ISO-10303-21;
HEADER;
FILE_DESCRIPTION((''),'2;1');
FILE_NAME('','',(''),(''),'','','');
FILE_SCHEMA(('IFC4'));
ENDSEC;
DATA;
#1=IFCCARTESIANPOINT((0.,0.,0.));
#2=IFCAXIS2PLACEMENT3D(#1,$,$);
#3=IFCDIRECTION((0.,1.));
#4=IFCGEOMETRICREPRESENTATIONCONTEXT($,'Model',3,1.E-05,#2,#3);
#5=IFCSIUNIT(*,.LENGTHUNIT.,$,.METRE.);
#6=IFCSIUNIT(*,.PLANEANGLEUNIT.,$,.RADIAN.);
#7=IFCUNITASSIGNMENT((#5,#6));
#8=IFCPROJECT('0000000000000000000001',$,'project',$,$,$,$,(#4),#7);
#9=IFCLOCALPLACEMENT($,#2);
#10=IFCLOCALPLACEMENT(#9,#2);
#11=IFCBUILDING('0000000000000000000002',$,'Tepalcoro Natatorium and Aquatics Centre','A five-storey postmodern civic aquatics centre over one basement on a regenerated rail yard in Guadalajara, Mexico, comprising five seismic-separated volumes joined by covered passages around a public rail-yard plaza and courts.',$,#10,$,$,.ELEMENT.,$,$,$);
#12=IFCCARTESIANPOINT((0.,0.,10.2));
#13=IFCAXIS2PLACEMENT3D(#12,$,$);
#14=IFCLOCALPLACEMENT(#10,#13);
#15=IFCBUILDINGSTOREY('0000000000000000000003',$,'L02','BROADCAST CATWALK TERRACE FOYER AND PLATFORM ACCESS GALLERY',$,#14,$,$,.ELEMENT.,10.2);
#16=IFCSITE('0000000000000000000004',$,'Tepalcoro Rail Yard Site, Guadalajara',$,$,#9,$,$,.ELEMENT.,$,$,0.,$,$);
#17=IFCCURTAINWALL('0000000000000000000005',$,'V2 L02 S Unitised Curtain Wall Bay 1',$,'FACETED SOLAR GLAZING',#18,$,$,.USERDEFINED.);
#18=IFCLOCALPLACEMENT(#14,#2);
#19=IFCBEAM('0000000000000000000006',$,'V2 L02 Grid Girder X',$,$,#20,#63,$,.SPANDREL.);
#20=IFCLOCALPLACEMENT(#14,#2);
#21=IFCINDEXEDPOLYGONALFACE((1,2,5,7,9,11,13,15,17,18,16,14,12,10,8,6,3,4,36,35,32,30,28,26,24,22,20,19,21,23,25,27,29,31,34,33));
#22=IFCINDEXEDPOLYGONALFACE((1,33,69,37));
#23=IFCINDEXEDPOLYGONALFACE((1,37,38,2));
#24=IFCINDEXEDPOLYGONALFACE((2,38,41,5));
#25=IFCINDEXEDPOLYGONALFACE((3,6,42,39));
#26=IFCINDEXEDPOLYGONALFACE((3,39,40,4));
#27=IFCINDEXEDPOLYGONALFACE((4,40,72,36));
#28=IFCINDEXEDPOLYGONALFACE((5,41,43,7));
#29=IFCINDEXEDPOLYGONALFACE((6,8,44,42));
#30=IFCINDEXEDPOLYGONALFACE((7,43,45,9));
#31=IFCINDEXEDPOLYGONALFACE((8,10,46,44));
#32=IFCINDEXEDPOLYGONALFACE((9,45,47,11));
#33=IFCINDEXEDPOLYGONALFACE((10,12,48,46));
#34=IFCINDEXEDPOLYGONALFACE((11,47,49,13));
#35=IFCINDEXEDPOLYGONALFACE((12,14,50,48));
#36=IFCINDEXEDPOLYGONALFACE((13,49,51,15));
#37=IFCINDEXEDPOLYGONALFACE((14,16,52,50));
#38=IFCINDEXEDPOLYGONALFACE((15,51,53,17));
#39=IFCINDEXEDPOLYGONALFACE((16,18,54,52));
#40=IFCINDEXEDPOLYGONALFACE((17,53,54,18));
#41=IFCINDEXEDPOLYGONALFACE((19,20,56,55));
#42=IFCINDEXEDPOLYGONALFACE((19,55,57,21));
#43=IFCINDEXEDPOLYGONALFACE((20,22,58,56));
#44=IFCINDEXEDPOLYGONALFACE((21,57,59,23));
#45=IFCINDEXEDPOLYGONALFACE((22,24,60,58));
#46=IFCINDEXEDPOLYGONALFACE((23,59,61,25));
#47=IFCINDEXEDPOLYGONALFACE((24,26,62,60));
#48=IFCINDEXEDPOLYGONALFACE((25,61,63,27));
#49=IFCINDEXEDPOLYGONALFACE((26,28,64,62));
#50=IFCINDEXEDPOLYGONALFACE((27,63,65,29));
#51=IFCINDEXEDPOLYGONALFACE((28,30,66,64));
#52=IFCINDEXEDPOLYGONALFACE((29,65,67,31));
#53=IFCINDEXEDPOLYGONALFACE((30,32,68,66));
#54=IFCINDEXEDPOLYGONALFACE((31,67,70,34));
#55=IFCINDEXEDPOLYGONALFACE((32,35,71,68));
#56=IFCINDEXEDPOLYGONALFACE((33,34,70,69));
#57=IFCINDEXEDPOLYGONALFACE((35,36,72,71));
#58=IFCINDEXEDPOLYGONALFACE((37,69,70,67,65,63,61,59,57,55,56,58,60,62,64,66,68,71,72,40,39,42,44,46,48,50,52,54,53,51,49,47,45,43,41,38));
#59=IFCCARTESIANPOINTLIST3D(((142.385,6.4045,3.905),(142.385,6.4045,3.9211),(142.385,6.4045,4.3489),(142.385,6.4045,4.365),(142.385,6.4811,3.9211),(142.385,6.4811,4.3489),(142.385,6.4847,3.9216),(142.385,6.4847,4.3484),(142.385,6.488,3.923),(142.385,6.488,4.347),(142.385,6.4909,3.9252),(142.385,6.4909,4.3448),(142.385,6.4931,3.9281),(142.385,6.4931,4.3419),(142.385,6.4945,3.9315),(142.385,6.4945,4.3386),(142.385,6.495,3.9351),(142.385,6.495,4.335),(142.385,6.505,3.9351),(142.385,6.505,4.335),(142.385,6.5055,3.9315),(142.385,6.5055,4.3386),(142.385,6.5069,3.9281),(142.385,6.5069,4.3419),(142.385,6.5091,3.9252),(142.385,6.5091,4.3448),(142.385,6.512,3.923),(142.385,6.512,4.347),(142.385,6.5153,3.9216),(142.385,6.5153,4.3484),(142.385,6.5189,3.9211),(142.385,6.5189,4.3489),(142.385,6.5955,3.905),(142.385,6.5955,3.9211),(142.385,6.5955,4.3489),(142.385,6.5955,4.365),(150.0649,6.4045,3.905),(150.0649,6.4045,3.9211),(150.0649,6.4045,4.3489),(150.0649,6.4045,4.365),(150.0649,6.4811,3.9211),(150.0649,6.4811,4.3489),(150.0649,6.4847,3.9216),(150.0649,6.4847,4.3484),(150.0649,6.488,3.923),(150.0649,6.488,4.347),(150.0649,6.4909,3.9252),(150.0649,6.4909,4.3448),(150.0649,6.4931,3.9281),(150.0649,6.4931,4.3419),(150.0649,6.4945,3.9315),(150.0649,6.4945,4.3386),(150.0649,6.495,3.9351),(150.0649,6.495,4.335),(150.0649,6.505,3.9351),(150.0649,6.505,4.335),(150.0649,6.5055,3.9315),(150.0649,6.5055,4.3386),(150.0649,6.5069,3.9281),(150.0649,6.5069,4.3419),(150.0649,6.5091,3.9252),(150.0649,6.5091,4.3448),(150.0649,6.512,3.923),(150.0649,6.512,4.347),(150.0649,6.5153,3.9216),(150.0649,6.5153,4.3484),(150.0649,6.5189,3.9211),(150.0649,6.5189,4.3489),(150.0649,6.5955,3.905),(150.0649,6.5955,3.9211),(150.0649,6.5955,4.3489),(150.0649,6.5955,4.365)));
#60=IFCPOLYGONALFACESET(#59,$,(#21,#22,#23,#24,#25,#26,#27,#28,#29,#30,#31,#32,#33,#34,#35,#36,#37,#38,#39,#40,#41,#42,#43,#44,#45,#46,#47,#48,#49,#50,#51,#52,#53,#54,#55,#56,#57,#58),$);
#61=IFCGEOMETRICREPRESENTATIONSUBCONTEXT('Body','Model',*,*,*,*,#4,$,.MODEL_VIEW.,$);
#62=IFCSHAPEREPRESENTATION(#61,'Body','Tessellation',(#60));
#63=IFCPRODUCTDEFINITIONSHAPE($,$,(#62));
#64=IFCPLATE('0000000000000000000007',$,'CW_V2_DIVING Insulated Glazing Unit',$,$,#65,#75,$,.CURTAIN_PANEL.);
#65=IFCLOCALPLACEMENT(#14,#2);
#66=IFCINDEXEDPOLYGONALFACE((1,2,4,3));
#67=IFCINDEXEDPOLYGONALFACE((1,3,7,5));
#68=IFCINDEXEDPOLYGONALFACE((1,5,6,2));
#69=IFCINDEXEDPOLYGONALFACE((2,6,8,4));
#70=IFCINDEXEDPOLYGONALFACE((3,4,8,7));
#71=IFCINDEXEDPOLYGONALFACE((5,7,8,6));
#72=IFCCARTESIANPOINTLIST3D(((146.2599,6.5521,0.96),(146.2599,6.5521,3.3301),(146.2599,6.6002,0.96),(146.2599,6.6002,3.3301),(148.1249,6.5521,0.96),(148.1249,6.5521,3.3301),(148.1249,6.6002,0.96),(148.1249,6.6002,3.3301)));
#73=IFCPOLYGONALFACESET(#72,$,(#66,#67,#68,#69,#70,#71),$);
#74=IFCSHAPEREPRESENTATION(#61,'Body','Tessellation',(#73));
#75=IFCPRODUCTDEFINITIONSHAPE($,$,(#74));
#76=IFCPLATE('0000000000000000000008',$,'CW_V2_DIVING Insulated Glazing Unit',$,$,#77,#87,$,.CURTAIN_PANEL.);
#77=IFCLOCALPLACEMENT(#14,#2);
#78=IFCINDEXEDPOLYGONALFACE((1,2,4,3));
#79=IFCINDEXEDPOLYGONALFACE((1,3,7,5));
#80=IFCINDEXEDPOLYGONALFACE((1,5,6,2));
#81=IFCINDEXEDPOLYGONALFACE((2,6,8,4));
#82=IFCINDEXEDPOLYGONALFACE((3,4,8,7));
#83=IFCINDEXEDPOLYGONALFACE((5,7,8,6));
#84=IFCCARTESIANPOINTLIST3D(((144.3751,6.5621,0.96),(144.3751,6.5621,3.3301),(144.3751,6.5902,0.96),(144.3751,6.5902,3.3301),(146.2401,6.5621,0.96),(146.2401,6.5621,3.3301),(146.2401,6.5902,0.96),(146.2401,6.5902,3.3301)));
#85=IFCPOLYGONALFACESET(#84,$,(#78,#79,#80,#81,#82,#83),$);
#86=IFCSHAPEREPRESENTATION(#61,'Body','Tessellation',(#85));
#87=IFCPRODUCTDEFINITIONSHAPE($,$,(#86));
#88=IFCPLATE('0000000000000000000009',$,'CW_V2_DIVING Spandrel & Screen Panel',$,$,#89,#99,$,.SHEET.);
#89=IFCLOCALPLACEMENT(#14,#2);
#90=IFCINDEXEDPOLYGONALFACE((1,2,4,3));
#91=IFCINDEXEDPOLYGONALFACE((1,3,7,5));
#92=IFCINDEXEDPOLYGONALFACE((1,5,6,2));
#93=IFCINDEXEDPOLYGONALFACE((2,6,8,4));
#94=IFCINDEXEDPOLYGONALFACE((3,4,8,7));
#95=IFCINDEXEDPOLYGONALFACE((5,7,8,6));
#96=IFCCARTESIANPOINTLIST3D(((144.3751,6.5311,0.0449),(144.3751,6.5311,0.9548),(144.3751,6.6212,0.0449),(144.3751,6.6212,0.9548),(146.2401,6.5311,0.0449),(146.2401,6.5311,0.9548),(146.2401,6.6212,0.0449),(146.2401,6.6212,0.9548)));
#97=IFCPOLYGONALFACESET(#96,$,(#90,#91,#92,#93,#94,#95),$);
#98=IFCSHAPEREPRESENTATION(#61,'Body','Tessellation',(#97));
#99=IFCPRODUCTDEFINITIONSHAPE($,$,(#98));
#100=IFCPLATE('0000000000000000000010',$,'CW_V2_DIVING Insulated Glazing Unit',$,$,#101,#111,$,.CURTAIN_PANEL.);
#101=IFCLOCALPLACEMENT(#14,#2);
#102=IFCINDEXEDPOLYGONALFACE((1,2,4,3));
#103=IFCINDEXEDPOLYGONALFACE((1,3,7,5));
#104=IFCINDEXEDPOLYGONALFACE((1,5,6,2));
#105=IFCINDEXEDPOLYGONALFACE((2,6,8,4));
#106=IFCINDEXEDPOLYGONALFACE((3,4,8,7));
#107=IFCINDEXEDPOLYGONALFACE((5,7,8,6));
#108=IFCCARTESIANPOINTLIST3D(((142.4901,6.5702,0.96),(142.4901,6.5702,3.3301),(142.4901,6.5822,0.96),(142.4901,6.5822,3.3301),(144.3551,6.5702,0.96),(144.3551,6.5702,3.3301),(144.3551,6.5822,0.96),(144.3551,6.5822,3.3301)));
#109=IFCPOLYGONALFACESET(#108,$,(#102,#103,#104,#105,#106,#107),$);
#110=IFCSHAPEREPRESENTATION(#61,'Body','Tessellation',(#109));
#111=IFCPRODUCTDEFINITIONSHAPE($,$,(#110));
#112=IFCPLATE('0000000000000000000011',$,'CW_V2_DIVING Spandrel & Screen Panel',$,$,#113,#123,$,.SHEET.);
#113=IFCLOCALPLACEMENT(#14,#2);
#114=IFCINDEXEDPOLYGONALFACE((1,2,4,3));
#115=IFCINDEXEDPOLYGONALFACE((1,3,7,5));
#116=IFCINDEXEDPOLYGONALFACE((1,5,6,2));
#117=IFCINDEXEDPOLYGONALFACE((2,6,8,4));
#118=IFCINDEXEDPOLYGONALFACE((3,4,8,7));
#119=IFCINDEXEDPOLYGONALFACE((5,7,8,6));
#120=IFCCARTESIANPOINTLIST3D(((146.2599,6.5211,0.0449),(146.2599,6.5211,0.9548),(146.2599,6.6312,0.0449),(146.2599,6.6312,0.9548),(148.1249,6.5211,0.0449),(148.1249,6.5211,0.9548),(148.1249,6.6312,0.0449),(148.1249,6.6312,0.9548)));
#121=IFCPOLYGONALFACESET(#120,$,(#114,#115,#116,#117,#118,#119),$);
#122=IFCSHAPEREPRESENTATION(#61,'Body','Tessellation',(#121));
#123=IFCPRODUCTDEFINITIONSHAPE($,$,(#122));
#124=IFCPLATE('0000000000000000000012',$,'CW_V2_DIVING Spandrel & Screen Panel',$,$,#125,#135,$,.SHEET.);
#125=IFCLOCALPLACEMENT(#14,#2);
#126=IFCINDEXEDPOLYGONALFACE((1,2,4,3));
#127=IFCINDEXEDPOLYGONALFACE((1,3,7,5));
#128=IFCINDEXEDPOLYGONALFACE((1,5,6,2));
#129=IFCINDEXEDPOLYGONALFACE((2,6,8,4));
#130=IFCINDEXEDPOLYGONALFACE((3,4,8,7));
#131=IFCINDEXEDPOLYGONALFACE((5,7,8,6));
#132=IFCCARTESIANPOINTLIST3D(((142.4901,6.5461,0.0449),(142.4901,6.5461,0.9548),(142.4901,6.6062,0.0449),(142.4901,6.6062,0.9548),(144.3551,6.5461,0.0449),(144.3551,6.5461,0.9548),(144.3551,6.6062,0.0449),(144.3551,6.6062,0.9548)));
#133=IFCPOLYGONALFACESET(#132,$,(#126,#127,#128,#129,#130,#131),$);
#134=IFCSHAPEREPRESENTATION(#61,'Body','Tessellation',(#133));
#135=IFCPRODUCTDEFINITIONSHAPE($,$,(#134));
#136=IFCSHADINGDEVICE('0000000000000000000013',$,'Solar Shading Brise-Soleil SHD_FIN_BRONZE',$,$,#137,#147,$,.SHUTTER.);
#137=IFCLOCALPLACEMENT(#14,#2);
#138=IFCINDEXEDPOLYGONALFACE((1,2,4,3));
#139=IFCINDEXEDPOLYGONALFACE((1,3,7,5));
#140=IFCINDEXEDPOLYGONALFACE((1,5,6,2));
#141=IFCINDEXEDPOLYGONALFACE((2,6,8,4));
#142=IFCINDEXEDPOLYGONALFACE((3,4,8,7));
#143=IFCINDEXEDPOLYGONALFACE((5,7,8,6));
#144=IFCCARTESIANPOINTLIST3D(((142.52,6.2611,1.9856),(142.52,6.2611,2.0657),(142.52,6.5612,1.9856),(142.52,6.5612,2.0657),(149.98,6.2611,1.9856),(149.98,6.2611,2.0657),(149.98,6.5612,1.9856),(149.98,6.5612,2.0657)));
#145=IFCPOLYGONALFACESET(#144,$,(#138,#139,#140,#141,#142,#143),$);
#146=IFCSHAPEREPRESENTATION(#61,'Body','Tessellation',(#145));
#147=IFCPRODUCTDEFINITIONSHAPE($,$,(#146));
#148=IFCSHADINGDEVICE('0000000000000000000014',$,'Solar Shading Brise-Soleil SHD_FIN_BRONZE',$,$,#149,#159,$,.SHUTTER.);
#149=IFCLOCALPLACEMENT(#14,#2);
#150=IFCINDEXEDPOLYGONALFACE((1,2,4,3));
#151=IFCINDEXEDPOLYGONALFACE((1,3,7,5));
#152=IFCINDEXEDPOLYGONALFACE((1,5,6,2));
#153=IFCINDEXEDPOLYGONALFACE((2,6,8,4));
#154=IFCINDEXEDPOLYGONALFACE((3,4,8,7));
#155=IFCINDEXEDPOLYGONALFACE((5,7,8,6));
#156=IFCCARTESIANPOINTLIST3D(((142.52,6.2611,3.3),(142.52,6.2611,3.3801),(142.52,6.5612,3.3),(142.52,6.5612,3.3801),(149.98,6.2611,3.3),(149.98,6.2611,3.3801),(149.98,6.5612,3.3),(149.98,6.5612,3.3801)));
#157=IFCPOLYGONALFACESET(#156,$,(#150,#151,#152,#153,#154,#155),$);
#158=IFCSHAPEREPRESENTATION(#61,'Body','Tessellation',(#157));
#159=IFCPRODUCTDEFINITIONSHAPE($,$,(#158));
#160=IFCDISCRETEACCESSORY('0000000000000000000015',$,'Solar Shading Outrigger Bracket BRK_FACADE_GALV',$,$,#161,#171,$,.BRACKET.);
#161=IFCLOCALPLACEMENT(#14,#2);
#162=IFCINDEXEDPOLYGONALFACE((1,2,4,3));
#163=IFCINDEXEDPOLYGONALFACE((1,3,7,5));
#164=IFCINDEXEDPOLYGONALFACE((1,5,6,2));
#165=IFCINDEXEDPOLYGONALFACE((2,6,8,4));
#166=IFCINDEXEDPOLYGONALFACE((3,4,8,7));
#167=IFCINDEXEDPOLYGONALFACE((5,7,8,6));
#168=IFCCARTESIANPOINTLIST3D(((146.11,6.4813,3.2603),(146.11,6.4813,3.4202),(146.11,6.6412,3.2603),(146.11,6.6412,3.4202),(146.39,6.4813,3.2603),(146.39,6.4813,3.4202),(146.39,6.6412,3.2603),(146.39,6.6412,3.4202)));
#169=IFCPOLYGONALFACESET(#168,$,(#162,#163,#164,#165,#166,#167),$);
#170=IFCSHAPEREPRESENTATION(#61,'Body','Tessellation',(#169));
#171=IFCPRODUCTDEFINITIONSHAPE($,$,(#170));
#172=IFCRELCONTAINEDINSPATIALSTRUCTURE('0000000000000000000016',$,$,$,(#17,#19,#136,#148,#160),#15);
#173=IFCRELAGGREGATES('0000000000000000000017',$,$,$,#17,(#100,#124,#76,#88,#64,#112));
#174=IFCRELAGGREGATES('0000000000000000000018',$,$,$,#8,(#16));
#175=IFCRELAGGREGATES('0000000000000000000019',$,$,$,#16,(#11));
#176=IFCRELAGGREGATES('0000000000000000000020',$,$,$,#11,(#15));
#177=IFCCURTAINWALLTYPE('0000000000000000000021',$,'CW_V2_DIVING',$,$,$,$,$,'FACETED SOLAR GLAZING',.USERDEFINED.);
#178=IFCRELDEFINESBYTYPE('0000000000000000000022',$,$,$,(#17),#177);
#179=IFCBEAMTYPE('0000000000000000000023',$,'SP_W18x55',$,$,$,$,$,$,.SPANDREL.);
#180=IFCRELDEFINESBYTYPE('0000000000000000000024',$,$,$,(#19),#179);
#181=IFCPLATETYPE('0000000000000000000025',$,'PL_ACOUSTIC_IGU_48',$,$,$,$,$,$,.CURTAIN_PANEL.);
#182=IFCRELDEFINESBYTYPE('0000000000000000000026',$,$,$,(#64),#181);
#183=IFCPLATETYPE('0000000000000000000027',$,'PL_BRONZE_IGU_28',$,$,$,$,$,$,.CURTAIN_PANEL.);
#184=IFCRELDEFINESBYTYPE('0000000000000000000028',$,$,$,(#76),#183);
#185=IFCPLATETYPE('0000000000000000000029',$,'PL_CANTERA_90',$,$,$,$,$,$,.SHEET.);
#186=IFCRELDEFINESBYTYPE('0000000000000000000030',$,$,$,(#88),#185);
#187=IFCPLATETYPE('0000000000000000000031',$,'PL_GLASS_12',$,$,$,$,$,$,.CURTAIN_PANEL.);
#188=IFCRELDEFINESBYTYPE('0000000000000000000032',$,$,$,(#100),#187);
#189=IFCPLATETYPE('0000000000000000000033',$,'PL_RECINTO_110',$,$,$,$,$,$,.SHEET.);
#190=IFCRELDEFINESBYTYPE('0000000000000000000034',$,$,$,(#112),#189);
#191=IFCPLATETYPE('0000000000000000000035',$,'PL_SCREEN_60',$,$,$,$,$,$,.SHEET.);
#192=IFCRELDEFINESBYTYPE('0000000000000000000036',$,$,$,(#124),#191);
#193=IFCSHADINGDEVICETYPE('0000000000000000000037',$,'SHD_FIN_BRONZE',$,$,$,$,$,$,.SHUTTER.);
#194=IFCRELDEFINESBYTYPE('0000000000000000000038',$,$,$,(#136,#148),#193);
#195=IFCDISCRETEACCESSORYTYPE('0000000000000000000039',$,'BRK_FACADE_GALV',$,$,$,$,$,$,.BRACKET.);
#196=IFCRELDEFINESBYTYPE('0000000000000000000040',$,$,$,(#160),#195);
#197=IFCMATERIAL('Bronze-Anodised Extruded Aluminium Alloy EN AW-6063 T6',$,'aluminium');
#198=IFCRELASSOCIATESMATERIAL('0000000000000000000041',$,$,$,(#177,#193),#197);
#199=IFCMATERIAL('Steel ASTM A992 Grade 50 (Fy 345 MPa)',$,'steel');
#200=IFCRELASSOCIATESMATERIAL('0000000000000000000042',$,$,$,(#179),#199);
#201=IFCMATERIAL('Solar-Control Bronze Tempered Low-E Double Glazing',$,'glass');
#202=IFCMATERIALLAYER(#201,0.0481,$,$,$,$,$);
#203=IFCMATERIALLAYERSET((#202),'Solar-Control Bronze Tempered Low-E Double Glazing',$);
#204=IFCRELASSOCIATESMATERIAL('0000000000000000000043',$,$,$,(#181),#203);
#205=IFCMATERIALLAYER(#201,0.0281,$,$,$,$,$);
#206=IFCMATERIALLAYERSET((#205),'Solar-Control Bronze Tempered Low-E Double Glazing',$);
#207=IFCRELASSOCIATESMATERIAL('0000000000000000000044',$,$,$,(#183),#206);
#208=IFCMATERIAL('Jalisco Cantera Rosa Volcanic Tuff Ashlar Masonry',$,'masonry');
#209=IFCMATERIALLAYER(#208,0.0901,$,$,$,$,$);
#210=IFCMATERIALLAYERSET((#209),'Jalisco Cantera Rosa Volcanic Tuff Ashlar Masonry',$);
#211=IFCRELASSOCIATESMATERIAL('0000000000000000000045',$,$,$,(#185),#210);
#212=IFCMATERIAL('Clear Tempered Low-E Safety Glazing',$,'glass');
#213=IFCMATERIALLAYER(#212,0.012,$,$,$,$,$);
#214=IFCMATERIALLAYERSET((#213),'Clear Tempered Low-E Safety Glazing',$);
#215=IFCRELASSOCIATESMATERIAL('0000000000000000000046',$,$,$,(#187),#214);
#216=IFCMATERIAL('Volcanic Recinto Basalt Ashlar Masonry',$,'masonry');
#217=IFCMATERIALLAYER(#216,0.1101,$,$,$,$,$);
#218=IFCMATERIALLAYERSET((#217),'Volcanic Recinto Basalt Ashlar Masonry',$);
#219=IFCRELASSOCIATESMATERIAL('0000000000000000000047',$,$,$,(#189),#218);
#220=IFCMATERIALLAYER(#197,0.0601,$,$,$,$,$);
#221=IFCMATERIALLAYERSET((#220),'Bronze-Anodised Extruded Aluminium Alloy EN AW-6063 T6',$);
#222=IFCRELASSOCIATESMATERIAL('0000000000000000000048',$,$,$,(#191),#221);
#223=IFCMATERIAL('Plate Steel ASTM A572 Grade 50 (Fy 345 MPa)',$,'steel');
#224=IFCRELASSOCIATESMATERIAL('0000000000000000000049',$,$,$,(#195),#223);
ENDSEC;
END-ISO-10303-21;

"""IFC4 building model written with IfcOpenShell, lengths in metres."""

from ifc_helpers import new_model, si_unit, direction, frame, origin, origin_2d, place, context, subcontext, project, spatial, rectangle, i_section, extrude, material, layer, layer_set, material_profile, profile_set, type_object, element, aggregate, save


model = new_model("IFC4")

# Units and contexts
model_context = context("Model", 3, precision=1e-05, world=origin(), true_north=direction((0.0, 1.0)))
body_context = subcontext(model_context, "Body", "Model", "MODEL_VIEW")
ifc_project = project(units=[si_unit("LENGTHUNIT", "METRE"), si_unit("PLANEANGLEUNIT", "RADIAN")], contexts=[model_context])

# Site, building, storey
site_placement = place(None, origin())
site = spatial("IfcSite", under=ifc_project, at=site_placement, Name="Tepalcoro Rail Yard Site, Guadalajara", CompositionType="ELEMENT", RefElevation=0.0)
building_placement = place(site_placement, origin())
building = spatial("IfcBuilding", under=site, at=building_placement, Name="Tepalcoro Natatorium and Aquatics Centre", Description="A five-storey postmodern civic aquatics centre over one basement on a regenerated rail yard in Guadalajara, Mexico, comprising five seismic-separated volumes joined by covered passages around a public rail-yard plaza and courts.", CompositionType="ELEMENT")
storey_placement = place(building_placement, frame((0.0, 0.0, 10.2)))
storey = spatial("IfcBuildingStorey", under=building, at=storey_placement, Name="L02", Description="BROADCAST CATWALK TERRACE FOYER AND PLATFORM ACCESS GALLERY", CompositionType="ELEMENT", Elevation=10.2)

# Curtain wall
ifc_material_1 = material(Name="Bronze-Anodised Extruded Aluminium Alloy EN AW-6063 T6", Category="aluminium")
curtain_wall_type = type_object("IfcCurtainWallType", Name="CW_V2_DIVING", ElementType="FACETED SOLAR GLAZING", PredefinedType="USERDEFINED", material=ifc_material_1)
curtain_wall_placement = place(storey_placement, origin())
curtain_wall = element("IfcCurtainWall", 1, at=curtain_wall_placement, inside=storey, type_object=curtain_wall_type, Name="V2 L02 S Unitised Curtain Wall Bay 1", ObjectType="FACETED SOLAR GLAZING", PredefinedType="USERDEFINED")

# Beam
ifc_material_2 = material(Name="Steel ASTM A992 Grade 50 (Fy 345 MPa)", Category="steel")
ifc_material_profile_1 = material_profile(ifc_material_2, i_section(OverallWidth=0.1909, OverallDepth=0.46, WebThickness=0.01, FlangeThickness=0.0161, FilletRadius=0.0139, at=origin_2d()), Name="W18X55")
ifc_profile_set_1 = profile_set([ifc_material_profile_1], Name="Steel ASTM A992 Grade 50 (Fy 345 MPa)")
beam_type_1 = type_object("IfcBeamType", Name="SP_W18x55", PredefinedType="SPANDREL", material=ifc_profile_set_1)
beam_1_placement = place(storey_placement, frame((142.385, 6.5, 4.135), z_axis=(1.0, 0.0, 0.0), x_axis=(0.0, 1.0, 0.0)))
element("IfcBeam", 2, at=beam_1_placement, inside=storey, type_object=beam_type_1, Name="V2 L02 Grid Girder X", PredefinedType="SPANDREL", context=body_context, shape_type="SweptSolid", body=[
    extrude(i_section(OverallWidth=0.1909, OverallDepth=0.46, WebThickness=0.01, FlangeThickness=0.0161, FilletRadius=0.0139, at=origin_2d()), origin(), (0.0, 0.0, 1.0), 7.6799),
])

# Plates
ifc_material_3 = material(Name="Solar-Control Bronze Tempered Low-E Double Glazing", Category="glass")
ifc_layer_1 = layer(ifc_material_3, 0.0481)
ifc_layer_set_1 = layer_set([ifc_layer_1], Name="Solar-Control Bronze Tempered Low-E Double Glazing")
plate_type_1 = type_object("IfcPlateType", Name="PL_ACOUSTIC_IGU_48", PredefinedType="CURTAIN_PANEL", material=ifc_layer_set_1)
plate_1_placement = place(storey_placement, frame((147.1924, 6.5762, 0.96), z_axis=(0.0, 0.0, 1.0), x_axis=(1.0, 0.0, 0.0)))
plate_1 = element("IfcPlate", 3, at=plate_1_placement, type_object=plate_type_1, Name="CW_V2_DIVING Insulated Glazing Unit", PredefinedType="CURTAIN_PANEL", context=body_context, shape_type="SweptSolid", body=[
    extrude(rectangle(XDim=1.865, YDim=0.0481, at=origin_2d()), origin(), (0.0, 0.0, 1.0), 2.3701),
])
ifc_layer_2 = layer(ifc_material_3, 0.0281)
ifc_layer_set_2 = layer_set([ifc_layer_2], Name="Solar-Control Bronze Tempered Low-E Double Glazing")
plate_type_2 = type_object("IfcPlateType", Name="PL_BRONZE_IGU_28", PredefinedType="CURTAIN_PANEL", material=ifc_layer_set_2)
plate_2_placement = place(storey_placement, frame((145.3076, 6.5762, 0.96), z_axis=(0.0, 0.0, 1.0), x_axis=(1.0, 0.0, 0.0)))
plate_2 = element("IfcPlate", 4, at=plate_2_placement, type_object=plate_type_2, Name="CW_V2_DIVING Insulated Glazing Unit", PredefinedType="CURTAIN_PANEL", context=body_context, shape_type="SweptSolid", body=[
    extrude(rectangle(XDim=1.865, YDim=0.0281, at=origin_2d()), origin(), (0.0, 0.0, 1.0), 2.3701),
])
ifc_material_4 = material(Name="Jalisco Cantera Rosa Volcanic Tuff Ashlar Masonry", Category="masonry")
ifc_layer_3 = layer(ifc_material_4, 0.0901)
ifc_layer_set_3 = layer_set([ifc_layer_3], Name="Jalisco Cantera Rosa Volcanic Tuff Ashlar Masonry")
plate_type_3 = type_object("IfcPlateType", Name="PL_CANTERA_90", PredefinedType="SHEET", material=ifc_layer_set_3)
plate_3_placement = place(storey_placement, frame((145.3076, 6.5762, 0.0449), z_axis=(0.0, 0.0, 1.0), x_axis=(1.0, 0.0, 0.0)))
plate_3 = element("IfcPlate", 5, at=plate_3_placement, type_object=plate_type_3, Name="CW_V2_DIVING Spandrel & Screen Panel", PredefinedType="SHEET", context=body_context, shape_type="SweptSolid", body=[
    extrude(rectangle(XDim=1.865, YDim=0.0901, at=origin_2d()), origin(), (0.0, 0.0, 1.0), 0.9099),
])
ifc_material_5 = material(Name="Clear Tempered Low-E Safety Glazing", Category="glass")
ifc_layer_4 = layer(ifc_material_5, 0.012)
ifc_layer_set_4 = layer_set([ifc_layer_4], Name="Clear Tempered Low-E Safety Glazing")
plate_type_4 = type_object("IfcPlateType", Name="PL_GLASS_12", PredefinedType="CURTAIN_PANEL", material=ifc_layer_set_4)
plate_4_placement = place(storey_placement, frame((143.4226, 6.5762, 0.96), z_axis=(0.0, 0.0, 1.0), x_axis=(1.0, 0.0, 0.0)))
plate_4 = element("IfcPlate", 6, at=plate_4_placement, type_object=plate_type_4, Name="CW_V2_DIVING Insulated Glazing Unit", PredefinedType="CURTAIN_PANEL", context=body_context, shape_type="SweptSolid", body=[
    extrude(rectangle(XDim=1.865, YDim=0.012, at=origin_2d()), origin(), (0.0, 0.0, 1.0), 2.3701),
])
ifc_material_6 = material(Name="Volcanic Recinto Basalt Ashlar Masonry", Category="masonry")
ifc_layer_5 = layer(ifc_material_6, 0.1101)
ifc_layer_set_5 = layer_set([ifc_layer_5], Name="Volcanic Recinto Basalt Ashlar Masonry")
plate_type_5 = type_object("IfcPlateType", Name="PL_RECINTO_110", PredefinedType="SHEET", material=ifc_layer_set_5)
plate_5_placement = place(storey_placement, frame((147.1924, 6.5762, 0.0449), z_axis=(0.0, 0.0, 1.0), x_axis=(1.0, 0.0, 0.0)))
plate_5 = element("IfcPlate", 7, at=plate_5_placement, type_object=plate_type_5, Name="CW_V2_DIVING Spandrel & Screen Panel", PredefinedType="SHEET", context=body_context, shape_type="SweptSolid", body=[
    extrude(rectangle(XDim=1.865, YDim=0.1101, at=origin_2d()), origin(), (0.0, 0.0, 1.0), 0.9099),
])
ifc_layer_6 = layer(ifc_material_1, 0.0601)
ifc_layer_set_6 = layer_set([ifc_layer_6], Name="Bronze-Anodised Extruded Aluminium Alloy EN AW-6063 T6")
plate_type_6 = type_object("IfcPlateType", Name="PL_SCREEN_60", PredefinedType="SHEET", material=ifc_layer_set_6)
plate_6_placement = place(storey_placement, frame((143.4226, 6.5762, 0.0449), z_axis=(0.0, 0.0, 1.0), x_axis=(1.0, 0.0, 0.0)))
plate_6 = element("IfcPlate", 8, at=plate_6_placement, type_object=plate_type_6, Name="CW_V2_DIVING Spandrel & Screen Panel", PredefinedType="SHEET", context=body_context, shape_type="SweptSolid", body=[
    extrude(rectangle(XDim=1.865, YDim=0.0601, at=origin_2d()), origin(), (0.0, 0.0, 1.0), 0.9099),
])
aggregate(curtain_wall, [plate_4, plate_6, plate_2, plate_3, plate_1, plate_5])

# Shading devices
shading_device_type = type_object("IfcShadingDeviceType", Name="SHD_FIN_BRONZE", PredefinedType="SHUTTER", material=ifc_material_1)
for number, where, z_axis, x_axis, name in (
    (9, (146.25, 6.4111, 1.9856), (0.0, 0.0, 1.0), (1.0, 0.0, 0.0), "Solar Shading Brise-Soleil SHD_FIN_BRONZE"),
    (10, (146.25, 6.4111, 3.3), (0.0, 0.0, 1.0), (1.0, 0.0, 0.0), "Solar Shading Brise-Soleil SHD_FIN_BRONZE"),
):
    element("IfcShadingDevice", number, at=place(storey_placement, frame(where, z_axis=z_axis, x_axis=x_axis)), inside=storey, type_object=shading_device_type, Name=name, PredefinedType="SHUTTER", context=body_context, shape_type="SweptSolid", body=[
        extrude(rectangle(XDim=7.46, YDim=0.3, at=origin_2d()), origin(), (0.0, 0.0, 1.0), 0.0801),
    ])

# Discrete accessory
ifc_material_7 = material(Name="Plate Steel ASTM A572 Grade 50 (Fy 345 MPa)", Category="steel")
discrete_accessory_type = type_object("IfcDiscreteAccessoryType", Name="BRK_FACADE_GALV", PredefinedType="BRACKET", material=ifc_material_7)
discrete_accessory_placement = place(storey_placement, frame((146.25, 6.5613, 3.2603), z_axis=(0.0, 0.0, 1.0), x_axis=(1.0, 0.0, 0.0)))
element("IfcDiscreteAccessory", 11, at=discrete_accessory_placement, inside=storey, type_object=discrete_accessory_type, Name="Solar Shading Outrigger Bracket BRK_FACADE_GALV", PredefinedType="BRACKET", context=body_context, shape_type="SweptSolid", body=[
    extrude(rectangle(XDim=0.28, YDim=0.1599, at=origin_2d()), origin(), (0.0, 0.0, 1.0), 0.1599),
])

save(model, "model.ifc")
